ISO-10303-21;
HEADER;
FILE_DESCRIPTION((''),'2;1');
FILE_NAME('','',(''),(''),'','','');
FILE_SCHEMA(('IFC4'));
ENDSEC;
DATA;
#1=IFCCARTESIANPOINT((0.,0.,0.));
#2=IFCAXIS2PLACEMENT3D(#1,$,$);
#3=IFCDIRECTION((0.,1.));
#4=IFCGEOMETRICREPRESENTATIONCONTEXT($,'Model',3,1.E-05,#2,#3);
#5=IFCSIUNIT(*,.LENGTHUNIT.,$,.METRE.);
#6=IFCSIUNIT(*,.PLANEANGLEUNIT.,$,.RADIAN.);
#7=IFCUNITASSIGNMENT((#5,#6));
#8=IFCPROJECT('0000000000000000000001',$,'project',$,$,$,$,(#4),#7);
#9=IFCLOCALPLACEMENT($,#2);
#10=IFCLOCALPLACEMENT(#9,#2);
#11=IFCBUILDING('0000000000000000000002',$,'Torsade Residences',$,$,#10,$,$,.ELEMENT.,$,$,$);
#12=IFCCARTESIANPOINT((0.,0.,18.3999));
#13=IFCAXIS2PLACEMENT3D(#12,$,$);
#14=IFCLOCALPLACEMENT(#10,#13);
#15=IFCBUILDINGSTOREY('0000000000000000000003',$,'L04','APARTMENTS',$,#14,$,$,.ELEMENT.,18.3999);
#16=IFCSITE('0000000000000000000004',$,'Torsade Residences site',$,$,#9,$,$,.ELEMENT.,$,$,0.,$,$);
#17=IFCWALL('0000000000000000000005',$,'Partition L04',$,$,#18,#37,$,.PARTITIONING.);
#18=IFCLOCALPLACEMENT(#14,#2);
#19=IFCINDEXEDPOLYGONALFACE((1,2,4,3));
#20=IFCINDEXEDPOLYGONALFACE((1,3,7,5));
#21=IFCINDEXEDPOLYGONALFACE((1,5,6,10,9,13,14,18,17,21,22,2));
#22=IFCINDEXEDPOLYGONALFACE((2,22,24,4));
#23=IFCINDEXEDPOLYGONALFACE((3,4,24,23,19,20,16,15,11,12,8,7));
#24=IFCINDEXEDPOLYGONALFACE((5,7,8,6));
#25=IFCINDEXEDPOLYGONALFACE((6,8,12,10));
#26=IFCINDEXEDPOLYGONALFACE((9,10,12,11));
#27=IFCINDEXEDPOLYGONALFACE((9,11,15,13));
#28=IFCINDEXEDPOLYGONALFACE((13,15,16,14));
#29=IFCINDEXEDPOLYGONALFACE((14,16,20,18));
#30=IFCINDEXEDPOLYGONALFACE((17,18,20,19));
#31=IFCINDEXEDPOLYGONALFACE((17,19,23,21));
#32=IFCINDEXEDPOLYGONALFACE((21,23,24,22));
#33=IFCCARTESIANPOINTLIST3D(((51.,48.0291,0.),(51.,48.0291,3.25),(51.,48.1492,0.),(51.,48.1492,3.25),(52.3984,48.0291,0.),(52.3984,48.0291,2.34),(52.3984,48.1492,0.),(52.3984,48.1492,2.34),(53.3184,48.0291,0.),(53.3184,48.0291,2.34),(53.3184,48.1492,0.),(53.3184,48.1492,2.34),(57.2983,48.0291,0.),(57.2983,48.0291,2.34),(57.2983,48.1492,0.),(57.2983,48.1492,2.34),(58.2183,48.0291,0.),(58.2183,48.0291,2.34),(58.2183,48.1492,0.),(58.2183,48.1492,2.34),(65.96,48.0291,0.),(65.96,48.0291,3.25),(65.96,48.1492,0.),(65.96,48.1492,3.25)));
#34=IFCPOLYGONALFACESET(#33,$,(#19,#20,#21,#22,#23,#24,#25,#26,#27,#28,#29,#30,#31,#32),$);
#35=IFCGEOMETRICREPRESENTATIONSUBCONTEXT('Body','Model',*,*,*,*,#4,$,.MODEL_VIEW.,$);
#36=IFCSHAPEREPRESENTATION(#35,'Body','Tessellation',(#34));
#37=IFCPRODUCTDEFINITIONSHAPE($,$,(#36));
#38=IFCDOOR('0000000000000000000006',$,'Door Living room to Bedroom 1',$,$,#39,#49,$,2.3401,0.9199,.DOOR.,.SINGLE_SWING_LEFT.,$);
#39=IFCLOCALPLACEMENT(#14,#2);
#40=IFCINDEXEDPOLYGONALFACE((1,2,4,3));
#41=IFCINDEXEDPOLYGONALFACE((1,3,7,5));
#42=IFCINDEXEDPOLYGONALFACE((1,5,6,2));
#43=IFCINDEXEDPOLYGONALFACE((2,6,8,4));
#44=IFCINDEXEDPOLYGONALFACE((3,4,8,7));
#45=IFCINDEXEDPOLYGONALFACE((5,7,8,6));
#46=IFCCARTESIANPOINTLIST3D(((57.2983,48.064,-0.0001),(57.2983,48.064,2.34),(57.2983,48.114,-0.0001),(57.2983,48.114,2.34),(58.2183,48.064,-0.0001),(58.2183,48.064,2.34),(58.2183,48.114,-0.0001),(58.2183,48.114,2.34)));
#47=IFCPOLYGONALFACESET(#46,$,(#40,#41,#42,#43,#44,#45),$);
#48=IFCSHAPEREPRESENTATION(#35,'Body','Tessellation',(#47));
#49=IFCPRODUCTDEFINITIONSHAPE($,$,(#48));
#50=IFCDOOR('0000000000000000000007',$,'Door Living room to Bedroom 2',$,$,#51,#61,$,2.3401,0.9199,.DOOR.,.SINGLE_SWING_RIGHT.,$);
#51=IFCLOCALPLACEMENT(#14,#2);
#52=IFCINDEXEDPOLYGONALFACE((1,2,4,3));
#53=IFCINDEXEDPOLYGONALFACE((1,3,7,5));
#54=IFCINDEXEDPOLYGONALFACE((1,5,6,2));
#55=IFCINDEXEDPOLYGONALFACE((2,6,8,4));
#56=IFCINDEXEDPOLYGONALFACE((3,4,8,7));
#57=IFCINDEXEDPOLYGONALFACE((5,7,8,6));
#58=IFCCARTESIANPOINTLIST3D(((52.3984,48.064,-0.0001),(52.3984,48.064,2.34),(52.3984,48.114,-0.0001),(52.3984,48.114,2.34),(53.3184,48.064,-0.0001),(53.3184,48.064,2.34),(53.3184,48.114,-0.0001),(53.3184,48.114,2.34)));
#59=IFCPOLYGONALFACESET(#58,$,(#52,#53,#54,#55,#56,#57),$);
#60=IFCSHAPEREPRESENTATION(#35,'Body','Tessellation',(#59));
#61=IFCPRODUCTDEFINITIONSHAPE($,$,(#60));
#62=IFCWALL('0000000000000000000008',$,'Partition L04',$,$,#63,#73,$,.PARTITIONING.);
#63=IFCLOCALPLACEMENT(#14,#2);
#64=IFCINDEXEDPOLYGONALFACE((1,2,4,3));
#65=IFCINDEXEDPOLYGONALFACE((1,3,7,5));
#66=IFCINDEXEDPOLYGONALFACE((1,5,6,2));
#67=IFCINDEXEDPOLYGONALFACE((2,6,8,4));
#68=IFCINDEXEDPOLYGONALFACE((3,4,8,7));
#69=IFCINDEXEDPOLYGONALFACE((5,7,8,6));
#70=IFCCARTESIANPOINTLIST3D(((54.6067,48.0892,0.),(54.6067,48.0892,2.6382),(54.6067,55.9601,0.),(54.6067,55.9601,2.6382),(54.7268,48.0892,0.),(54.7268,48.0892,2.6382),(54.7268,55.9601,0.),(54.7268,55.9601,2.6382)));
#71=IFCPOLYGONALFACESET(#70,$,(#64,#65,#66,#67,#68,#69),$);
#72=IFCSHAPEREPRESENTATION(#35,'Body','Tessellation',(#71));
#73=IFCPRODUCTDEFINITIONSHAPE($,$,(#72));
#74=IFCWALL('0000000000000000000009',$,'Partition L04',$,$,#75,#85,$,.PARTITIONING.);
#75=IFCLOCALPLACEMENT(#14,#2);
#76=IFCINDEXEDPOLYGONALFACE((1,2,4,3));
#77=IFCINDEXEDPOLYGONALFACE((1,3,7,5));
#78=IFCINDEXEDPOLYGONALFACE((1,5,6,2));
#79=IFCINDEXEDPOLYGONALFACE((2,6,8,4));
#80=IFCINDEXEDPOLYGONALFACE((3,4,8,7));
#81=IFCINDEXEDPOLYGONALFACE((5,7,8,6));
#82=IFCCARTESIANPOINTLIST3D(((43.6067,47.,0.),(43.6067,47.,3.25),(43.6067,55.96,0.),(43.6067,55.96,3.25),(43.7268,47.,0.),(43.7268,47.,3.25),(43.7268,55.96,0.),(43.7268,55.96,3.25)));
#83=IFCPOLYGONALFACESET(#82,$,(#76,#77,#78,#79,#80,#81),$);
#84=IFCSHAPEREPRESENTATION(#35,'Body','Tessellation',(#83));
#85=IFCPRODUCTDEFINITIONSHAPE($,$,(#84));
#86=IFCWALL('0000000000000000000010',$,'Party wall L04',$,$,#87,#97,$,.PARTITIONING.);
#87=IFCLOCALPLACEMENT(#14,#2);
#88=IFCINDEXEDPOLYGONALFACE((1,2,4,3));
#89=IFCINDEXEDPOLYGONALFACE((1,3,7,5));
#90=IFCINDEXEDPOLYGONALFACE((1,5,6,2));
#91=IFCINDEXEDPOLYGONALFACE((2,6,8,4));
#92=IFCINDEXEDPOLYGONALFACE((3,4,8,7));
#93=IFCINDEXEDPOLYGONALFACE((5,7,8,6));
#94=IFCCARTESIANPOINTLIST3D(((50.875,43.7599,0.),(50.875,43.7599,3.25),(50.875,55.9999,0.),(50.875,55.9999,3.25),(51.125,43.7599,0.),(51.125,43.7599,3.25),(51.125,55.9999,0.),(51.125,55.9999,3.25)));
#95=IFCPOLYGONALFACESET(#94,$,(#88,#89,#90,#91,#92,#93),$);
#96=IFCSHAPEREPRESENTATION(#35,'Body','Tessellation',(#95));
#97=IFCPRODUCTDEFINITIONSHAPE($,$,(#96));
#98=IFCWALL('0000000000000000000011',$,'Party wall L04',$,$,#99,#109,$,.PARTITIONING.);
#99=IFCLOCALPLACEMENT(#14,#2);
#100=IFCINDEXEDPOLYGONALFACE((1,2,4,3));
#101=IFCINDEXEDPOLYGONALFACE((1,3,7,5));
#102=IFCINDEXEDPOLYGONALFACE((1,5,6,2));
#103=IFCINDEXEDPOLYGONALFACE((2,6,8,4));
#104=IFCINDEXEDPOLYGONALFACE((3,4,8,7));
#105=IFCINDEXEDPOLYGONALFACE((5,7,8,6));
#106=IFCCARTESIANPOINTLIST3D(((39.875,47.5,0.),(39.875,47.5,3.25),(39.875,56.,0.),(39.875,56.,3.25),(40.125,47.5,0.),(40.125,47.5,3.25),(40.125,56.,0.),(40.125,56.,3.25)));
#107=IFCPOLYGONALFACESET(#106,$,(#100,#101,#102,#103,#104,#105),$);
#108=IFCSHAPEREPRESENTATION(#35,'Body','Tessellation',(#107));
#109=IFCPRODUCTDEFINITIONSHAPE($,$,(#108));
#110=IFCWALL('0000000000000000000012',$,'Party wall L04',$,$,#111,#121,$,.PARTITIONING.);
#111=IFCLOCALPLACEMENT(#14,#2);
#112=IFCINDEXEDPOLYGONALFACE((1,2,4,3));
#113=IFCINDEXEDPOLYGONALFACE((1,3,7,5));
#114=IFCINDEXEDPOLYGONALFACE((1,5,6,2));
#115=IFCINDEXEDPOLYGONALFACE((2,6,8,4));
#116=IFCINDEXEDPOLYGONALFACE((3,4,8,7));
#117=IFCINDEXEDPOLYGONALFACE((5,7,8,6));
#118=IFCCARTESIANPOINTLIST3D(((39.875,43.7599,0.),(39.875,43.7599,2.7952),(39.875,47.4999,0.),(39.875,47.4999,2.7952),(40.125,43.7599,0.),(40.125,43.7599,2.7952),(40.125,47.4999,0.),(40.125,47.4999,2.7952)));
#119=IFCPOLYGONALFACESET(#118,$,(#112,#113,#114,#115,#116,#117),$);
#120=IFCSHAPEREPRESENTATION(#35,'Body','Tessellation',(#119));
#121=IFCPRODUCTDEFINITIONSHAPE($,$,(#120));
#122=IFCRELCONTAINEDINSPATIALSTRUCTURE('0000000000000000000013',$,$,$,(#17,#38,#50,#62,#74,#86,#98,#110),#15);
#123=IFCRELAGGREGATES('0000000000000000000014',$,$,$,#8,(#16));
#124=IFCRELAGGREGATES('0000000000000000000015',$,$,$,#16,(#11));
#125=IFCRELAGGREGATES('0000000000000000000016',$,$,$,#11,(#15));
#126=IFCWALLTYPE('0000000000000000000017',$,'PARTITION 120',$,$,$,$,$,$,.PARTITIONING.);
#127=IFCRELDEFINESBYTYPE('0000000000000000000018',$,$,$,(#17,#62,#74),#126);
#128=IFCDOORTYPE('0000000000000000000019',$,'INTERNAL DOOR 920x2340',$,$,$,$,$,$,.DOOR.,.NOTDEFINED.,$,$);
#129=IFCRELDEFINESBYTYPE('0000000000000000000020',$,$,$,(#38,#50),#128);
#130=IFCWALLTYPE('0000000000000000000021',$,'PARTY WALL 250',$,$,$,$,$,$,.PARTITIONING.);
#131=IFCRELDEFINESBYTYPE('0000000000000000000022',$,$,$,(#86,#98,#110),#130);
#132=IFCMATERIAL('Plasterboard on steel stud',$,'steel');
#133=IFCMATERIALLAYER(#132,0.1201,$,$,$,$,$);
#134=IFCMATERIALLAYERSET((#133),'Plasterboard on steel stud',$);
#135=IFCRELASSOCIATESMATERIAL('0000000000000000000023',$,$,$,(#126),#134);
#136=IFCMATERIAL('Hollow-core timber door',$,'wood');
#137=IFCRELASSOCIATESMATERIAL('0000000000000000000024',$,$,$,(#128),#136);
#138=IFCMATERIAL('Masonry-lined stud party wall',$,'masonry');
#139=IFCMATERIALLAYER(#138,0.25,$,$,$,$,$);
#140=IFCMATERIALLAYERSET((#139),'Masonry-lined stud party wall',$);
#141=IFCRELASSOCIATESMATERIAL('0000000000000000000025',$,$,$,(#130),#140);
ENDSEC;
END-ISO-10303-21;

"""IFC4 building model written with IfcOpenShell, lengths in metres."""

from ifc_helpers import new_model, si_unit, direction, frame, frame_2d, origin, place, context, subcontext, project, spatial, rectangle, extrude, material, layer, layer_set, type_object, element, fill, save


model = new_model("IFC4")

# Units and contexts
model_context = context("Model", 3, precision=1e-05, world=origin(), true_north=direction((0.0, 1.0)))
body_context = subcontext(model_context, "Body", "Model", "MODEL_VIEW")
ifc_project = project(units=[si_unit("LENGTHUNIT", "METRE"), si_unit("PLANEANGLEUNIT", "RADIAN")], contexts=[model_context])

# Site, building, storey
site_placement = place(None, origin())
site = spatial("IfcSite", under=ifc_project, at=site_placement, Name="Torsade Residences site", CompositionType="ELEMENT", RefElevation=0.0)
building_placement = place(site_placement, origin())
building = spatial("IfcBuilding", under=site, at=building_placement, Name="Torsade Residences", CompositionType="ELEMENT")
storey_placement = place(building_placement, frame((0.0, 0.0, 18.3999)))
storey = spatial("IfcBuildingStorey", under=building, at=storey_placement, Name="L04", Description="APARTMENTS", CompositionType="ELEMENT", Elevation=18.3999)

# Wall, openings, doors
ifc_material_1 = material(Name="Plasterboard on steel stud", Category="steel")
ifc_layer_1 = layer(ifc_material_1, 0.1201)
ifc_layer_set_1 = layer_set([ifc_layer_1], Name="Plasterboard on steel stud")
wall_type_1 = type_object("IfcWallType", Name="PARTITION 120", PredefinedType="PARTITIONING", material=ifc_layer_set_1)
wall_1_placement = place(storey_placement, frame((51.0, 48.0891, 0.0), z_axis=(0.0, 0.0, 1.0), x_axis=(1.0, 0.0, 0.0)))
wall_1 = element("IfcWall", 1, at=wall_1_placement, inside=storey, type_object=wall_type_1, Name="Partition L04", PredefinedType="PARTITIONING", context=body_context, shape_type="SweptSolid", body=[
    extrude(rectangle(XDim=14.96, YDim=0.1201, at=frame_2d((7.48, 0.0))), origin(), (0.0, 0.0, 1.0), 3.25),
])
opening_1_placement = place(wall_1_placement, frame((6.2983, 0.0, 0.0)))
opening_1 = element("IfcOpeningElement", 2, at=opening_1_placement, cuts=wall_1, PredefinedType="OPENING", context=body_context, shape_type="SweptSolid", body=[
    extrude(rectangle(XDim=0.9199, YDim=2.3401, at=frame_2d((0.46, 1.1699))), frame((0.0, 0.0701, 0.0), z_axis=(0.0, -1.0, 0.0), x_axis=(1.0, 0.0, 0.0)), (0.0, 0.0, 1.0), 0.1401),
])
opening_2_placement = place(wall_1_placement, frame((1.3984, 0.0, 0.0)))
opening_2 = element("IfcOpeningElement", 3, at=opening_2_placement, cuts=wall_1, PredefinedType="OPENING", context=body_context, shape_type="SweptSolid", body=[
    extrude(rectangle(XDim=0.9199, YDim=2.3401, at=frame_2d((0.46, 1.1699))), frame((0.0, 0.0701, 0.0), z_axis=(0.0, -1.0, 0.0), x_axis=(1.0, 0.0, 0.0)), (0.0, 0.0, 1.0), 0.1401),
])
ifc_material_2 = material(Name="Hollow-core timber door", Category="wood")
door_type = type_object("IfcDoorType", Name="INTERNAL DOOR 920x2340", OperationType="NOTDEFINED", PredefinedType="DOOR", material=ifc_material_2)
door_1_placement = place(opening_1_placement, origin())
door_1 = element("IfcDoor", 4, at=door_1_placement, inside=storey, type_object=door_type, Name="Door Living room to Bedroom 1", OperationType="SINGLE_SWING_LEFT", OverallHeight=2.3401, OverallWidth=0.9199, PredefinedType="DOOR", context=body_context, shape_type="SweptSolid", body=[
    extrude(rectangle(XDim=0.9199, YDim=2.3401, at=frame_2d((0.46, 1.1699))), frame((0.0, 0.0249, 0.0), z_axis=(0.0, -1.0, 0.0), x_axis=(1.0, 0.0, 0.0)), (0.0, 0.0, 1.0), 0.05),
])
fill(opening_1, door_1)
door_2_placement = place(opening_2_placement, origin())
door_2 = element("IfcDoor", 5, at=door_2_placement, inside=storey, type_object=door_type, Name="Door Living room to Bedroom 2", OperationType="SINGLE_SWING_RIGHT", OverallHeight=2.3401, OverallWidth=0.9199, PredefinedType="DOOR", context=body_context, shape_type="SweptSolid", body=[
    extrude(rectangle(XDim=0.9199, YDim=2.3401, at=frame_2d((0.46, 1.1699))), frame((0.0, 0.0249, 0.0), z_axis=(0.0, -1.0, 0.0), x_axis=(1.0, 0.0, 0.0)), (0.0, 0.0, 1.0), 0.05),
])
fill(opening_2, door_2)

# Walls
wall_2_placement = place(storey_placement, frame((54.6667, 48.0891, 0.0), z_axis=(0.0, 0.0, 1.0), x_axis=(0.0, 1.0, 0.0)))
element("IfcWall", 6, at=wall_2_placement, inside=storey, type_object=wall_type_1, Name="Partition L04", PredefinedType="PARTITIONING", context=body_context, shape_type="SweptSolid", body=[
    extrude(rectangle(XDim=7.8708, YDim=0.1201, at=frame_2d((3.9355, 0.0))), origin(), (0.0, 0.0, 1.0), 2.6382),
])
wall_3_placement = place(storey_placement, frame((43.6667, 55.96, 0.0), z_axis=(0.0, 0.0, 1.0), x_axis=(0.0, -1.0, 0.0)))
element("IfcWall", 7, at=wall_3_placement, inside=storey, type_object=wall_type_1, Name="Partition L04", PredefinedType="PARTITIONING", context=body_context, shape_type="SweptSolid", body=[
    extrude(rectangle(XDim=8.96, YDim=0.1201, at=frame_2d((4.48, 0.0))), origin(), (0.0, 0.0, 1.0), 3.25),
])
ifc_material_3 = material(Name="Masonry-lined stud party wall", Category="masonry")
ifc_layer_2 = layer(ifc_material_3, 0.25)
ifc_layer_set_2 = layer_set([ifc_layer_2], Name="Masonry-lined stud party wall")
wall_type_2 = type_object("IfcWallType", Name="PARTY WALL 250", PredefinedType="PARTITIONING", material=ifc_layer_set_2)
wall_4_placement = place(storey_placement, frame((51.0, 56.0, 0.0), z_axis=(0.0, 0.0, 1.0), x_axis=(0.0, -1.0, 0.0)))
element("IfcWall", 8, at=wall_4_placement, inside=storey, type_object=wall_type_2, Name="Party wall L04", PredefinedType="PARTITIONING", context=body_context, shape_type="SweptSolid", body=[
    extrude(rectangle(XDim=12.24, YDim=0.25, at=frame_2d((6.1201, 0.0))), origin(), (0.0, 0.0, 1.0), 3.25),
])
wall_5_placement = place(storey_placement, frame((40.0, 56.0, 0.0), z_axis=(0.0, 0.0, 1.0), x_axis=(0.0, -1.0, 0.0)))
element("IfcWall", 9, at=wall_5_placement, inside=storey, type_object=wall_type_2, Name="Party wall L04", PredefinedType="PARTITIONING", context=body_context, shape_type="SweptSolid", body=[
    extrude(rectangle(XDim=8.5, YDim=0.25, at=frame_2d((4.25, 0.0))), origin(), (0.0, 0.0, 1.0), 3.25),
])
wall_6_placement = place(storey_placement, frame((40.0, 47.5, 0.0), z_axis=(0.0, 0.0, 1.0), x_axis=(0.0, -1.0, 0.0)))
element("IfcWall", 10, at=wall_6_placement, inside=storey, type_object=wall_type_2, Name="Party wall L04", PredefinedType="PARTITIONING", context=body_context, shape_type="SweptSolid", body=[
    extrude(rectangle(XDim=3.74, YDim=0.25, at=frame_2d((1.8701, 0.0))), origin(), (0.0, 0.0, 1.0), 2.7952),
])

save(model, "model.ifc")
